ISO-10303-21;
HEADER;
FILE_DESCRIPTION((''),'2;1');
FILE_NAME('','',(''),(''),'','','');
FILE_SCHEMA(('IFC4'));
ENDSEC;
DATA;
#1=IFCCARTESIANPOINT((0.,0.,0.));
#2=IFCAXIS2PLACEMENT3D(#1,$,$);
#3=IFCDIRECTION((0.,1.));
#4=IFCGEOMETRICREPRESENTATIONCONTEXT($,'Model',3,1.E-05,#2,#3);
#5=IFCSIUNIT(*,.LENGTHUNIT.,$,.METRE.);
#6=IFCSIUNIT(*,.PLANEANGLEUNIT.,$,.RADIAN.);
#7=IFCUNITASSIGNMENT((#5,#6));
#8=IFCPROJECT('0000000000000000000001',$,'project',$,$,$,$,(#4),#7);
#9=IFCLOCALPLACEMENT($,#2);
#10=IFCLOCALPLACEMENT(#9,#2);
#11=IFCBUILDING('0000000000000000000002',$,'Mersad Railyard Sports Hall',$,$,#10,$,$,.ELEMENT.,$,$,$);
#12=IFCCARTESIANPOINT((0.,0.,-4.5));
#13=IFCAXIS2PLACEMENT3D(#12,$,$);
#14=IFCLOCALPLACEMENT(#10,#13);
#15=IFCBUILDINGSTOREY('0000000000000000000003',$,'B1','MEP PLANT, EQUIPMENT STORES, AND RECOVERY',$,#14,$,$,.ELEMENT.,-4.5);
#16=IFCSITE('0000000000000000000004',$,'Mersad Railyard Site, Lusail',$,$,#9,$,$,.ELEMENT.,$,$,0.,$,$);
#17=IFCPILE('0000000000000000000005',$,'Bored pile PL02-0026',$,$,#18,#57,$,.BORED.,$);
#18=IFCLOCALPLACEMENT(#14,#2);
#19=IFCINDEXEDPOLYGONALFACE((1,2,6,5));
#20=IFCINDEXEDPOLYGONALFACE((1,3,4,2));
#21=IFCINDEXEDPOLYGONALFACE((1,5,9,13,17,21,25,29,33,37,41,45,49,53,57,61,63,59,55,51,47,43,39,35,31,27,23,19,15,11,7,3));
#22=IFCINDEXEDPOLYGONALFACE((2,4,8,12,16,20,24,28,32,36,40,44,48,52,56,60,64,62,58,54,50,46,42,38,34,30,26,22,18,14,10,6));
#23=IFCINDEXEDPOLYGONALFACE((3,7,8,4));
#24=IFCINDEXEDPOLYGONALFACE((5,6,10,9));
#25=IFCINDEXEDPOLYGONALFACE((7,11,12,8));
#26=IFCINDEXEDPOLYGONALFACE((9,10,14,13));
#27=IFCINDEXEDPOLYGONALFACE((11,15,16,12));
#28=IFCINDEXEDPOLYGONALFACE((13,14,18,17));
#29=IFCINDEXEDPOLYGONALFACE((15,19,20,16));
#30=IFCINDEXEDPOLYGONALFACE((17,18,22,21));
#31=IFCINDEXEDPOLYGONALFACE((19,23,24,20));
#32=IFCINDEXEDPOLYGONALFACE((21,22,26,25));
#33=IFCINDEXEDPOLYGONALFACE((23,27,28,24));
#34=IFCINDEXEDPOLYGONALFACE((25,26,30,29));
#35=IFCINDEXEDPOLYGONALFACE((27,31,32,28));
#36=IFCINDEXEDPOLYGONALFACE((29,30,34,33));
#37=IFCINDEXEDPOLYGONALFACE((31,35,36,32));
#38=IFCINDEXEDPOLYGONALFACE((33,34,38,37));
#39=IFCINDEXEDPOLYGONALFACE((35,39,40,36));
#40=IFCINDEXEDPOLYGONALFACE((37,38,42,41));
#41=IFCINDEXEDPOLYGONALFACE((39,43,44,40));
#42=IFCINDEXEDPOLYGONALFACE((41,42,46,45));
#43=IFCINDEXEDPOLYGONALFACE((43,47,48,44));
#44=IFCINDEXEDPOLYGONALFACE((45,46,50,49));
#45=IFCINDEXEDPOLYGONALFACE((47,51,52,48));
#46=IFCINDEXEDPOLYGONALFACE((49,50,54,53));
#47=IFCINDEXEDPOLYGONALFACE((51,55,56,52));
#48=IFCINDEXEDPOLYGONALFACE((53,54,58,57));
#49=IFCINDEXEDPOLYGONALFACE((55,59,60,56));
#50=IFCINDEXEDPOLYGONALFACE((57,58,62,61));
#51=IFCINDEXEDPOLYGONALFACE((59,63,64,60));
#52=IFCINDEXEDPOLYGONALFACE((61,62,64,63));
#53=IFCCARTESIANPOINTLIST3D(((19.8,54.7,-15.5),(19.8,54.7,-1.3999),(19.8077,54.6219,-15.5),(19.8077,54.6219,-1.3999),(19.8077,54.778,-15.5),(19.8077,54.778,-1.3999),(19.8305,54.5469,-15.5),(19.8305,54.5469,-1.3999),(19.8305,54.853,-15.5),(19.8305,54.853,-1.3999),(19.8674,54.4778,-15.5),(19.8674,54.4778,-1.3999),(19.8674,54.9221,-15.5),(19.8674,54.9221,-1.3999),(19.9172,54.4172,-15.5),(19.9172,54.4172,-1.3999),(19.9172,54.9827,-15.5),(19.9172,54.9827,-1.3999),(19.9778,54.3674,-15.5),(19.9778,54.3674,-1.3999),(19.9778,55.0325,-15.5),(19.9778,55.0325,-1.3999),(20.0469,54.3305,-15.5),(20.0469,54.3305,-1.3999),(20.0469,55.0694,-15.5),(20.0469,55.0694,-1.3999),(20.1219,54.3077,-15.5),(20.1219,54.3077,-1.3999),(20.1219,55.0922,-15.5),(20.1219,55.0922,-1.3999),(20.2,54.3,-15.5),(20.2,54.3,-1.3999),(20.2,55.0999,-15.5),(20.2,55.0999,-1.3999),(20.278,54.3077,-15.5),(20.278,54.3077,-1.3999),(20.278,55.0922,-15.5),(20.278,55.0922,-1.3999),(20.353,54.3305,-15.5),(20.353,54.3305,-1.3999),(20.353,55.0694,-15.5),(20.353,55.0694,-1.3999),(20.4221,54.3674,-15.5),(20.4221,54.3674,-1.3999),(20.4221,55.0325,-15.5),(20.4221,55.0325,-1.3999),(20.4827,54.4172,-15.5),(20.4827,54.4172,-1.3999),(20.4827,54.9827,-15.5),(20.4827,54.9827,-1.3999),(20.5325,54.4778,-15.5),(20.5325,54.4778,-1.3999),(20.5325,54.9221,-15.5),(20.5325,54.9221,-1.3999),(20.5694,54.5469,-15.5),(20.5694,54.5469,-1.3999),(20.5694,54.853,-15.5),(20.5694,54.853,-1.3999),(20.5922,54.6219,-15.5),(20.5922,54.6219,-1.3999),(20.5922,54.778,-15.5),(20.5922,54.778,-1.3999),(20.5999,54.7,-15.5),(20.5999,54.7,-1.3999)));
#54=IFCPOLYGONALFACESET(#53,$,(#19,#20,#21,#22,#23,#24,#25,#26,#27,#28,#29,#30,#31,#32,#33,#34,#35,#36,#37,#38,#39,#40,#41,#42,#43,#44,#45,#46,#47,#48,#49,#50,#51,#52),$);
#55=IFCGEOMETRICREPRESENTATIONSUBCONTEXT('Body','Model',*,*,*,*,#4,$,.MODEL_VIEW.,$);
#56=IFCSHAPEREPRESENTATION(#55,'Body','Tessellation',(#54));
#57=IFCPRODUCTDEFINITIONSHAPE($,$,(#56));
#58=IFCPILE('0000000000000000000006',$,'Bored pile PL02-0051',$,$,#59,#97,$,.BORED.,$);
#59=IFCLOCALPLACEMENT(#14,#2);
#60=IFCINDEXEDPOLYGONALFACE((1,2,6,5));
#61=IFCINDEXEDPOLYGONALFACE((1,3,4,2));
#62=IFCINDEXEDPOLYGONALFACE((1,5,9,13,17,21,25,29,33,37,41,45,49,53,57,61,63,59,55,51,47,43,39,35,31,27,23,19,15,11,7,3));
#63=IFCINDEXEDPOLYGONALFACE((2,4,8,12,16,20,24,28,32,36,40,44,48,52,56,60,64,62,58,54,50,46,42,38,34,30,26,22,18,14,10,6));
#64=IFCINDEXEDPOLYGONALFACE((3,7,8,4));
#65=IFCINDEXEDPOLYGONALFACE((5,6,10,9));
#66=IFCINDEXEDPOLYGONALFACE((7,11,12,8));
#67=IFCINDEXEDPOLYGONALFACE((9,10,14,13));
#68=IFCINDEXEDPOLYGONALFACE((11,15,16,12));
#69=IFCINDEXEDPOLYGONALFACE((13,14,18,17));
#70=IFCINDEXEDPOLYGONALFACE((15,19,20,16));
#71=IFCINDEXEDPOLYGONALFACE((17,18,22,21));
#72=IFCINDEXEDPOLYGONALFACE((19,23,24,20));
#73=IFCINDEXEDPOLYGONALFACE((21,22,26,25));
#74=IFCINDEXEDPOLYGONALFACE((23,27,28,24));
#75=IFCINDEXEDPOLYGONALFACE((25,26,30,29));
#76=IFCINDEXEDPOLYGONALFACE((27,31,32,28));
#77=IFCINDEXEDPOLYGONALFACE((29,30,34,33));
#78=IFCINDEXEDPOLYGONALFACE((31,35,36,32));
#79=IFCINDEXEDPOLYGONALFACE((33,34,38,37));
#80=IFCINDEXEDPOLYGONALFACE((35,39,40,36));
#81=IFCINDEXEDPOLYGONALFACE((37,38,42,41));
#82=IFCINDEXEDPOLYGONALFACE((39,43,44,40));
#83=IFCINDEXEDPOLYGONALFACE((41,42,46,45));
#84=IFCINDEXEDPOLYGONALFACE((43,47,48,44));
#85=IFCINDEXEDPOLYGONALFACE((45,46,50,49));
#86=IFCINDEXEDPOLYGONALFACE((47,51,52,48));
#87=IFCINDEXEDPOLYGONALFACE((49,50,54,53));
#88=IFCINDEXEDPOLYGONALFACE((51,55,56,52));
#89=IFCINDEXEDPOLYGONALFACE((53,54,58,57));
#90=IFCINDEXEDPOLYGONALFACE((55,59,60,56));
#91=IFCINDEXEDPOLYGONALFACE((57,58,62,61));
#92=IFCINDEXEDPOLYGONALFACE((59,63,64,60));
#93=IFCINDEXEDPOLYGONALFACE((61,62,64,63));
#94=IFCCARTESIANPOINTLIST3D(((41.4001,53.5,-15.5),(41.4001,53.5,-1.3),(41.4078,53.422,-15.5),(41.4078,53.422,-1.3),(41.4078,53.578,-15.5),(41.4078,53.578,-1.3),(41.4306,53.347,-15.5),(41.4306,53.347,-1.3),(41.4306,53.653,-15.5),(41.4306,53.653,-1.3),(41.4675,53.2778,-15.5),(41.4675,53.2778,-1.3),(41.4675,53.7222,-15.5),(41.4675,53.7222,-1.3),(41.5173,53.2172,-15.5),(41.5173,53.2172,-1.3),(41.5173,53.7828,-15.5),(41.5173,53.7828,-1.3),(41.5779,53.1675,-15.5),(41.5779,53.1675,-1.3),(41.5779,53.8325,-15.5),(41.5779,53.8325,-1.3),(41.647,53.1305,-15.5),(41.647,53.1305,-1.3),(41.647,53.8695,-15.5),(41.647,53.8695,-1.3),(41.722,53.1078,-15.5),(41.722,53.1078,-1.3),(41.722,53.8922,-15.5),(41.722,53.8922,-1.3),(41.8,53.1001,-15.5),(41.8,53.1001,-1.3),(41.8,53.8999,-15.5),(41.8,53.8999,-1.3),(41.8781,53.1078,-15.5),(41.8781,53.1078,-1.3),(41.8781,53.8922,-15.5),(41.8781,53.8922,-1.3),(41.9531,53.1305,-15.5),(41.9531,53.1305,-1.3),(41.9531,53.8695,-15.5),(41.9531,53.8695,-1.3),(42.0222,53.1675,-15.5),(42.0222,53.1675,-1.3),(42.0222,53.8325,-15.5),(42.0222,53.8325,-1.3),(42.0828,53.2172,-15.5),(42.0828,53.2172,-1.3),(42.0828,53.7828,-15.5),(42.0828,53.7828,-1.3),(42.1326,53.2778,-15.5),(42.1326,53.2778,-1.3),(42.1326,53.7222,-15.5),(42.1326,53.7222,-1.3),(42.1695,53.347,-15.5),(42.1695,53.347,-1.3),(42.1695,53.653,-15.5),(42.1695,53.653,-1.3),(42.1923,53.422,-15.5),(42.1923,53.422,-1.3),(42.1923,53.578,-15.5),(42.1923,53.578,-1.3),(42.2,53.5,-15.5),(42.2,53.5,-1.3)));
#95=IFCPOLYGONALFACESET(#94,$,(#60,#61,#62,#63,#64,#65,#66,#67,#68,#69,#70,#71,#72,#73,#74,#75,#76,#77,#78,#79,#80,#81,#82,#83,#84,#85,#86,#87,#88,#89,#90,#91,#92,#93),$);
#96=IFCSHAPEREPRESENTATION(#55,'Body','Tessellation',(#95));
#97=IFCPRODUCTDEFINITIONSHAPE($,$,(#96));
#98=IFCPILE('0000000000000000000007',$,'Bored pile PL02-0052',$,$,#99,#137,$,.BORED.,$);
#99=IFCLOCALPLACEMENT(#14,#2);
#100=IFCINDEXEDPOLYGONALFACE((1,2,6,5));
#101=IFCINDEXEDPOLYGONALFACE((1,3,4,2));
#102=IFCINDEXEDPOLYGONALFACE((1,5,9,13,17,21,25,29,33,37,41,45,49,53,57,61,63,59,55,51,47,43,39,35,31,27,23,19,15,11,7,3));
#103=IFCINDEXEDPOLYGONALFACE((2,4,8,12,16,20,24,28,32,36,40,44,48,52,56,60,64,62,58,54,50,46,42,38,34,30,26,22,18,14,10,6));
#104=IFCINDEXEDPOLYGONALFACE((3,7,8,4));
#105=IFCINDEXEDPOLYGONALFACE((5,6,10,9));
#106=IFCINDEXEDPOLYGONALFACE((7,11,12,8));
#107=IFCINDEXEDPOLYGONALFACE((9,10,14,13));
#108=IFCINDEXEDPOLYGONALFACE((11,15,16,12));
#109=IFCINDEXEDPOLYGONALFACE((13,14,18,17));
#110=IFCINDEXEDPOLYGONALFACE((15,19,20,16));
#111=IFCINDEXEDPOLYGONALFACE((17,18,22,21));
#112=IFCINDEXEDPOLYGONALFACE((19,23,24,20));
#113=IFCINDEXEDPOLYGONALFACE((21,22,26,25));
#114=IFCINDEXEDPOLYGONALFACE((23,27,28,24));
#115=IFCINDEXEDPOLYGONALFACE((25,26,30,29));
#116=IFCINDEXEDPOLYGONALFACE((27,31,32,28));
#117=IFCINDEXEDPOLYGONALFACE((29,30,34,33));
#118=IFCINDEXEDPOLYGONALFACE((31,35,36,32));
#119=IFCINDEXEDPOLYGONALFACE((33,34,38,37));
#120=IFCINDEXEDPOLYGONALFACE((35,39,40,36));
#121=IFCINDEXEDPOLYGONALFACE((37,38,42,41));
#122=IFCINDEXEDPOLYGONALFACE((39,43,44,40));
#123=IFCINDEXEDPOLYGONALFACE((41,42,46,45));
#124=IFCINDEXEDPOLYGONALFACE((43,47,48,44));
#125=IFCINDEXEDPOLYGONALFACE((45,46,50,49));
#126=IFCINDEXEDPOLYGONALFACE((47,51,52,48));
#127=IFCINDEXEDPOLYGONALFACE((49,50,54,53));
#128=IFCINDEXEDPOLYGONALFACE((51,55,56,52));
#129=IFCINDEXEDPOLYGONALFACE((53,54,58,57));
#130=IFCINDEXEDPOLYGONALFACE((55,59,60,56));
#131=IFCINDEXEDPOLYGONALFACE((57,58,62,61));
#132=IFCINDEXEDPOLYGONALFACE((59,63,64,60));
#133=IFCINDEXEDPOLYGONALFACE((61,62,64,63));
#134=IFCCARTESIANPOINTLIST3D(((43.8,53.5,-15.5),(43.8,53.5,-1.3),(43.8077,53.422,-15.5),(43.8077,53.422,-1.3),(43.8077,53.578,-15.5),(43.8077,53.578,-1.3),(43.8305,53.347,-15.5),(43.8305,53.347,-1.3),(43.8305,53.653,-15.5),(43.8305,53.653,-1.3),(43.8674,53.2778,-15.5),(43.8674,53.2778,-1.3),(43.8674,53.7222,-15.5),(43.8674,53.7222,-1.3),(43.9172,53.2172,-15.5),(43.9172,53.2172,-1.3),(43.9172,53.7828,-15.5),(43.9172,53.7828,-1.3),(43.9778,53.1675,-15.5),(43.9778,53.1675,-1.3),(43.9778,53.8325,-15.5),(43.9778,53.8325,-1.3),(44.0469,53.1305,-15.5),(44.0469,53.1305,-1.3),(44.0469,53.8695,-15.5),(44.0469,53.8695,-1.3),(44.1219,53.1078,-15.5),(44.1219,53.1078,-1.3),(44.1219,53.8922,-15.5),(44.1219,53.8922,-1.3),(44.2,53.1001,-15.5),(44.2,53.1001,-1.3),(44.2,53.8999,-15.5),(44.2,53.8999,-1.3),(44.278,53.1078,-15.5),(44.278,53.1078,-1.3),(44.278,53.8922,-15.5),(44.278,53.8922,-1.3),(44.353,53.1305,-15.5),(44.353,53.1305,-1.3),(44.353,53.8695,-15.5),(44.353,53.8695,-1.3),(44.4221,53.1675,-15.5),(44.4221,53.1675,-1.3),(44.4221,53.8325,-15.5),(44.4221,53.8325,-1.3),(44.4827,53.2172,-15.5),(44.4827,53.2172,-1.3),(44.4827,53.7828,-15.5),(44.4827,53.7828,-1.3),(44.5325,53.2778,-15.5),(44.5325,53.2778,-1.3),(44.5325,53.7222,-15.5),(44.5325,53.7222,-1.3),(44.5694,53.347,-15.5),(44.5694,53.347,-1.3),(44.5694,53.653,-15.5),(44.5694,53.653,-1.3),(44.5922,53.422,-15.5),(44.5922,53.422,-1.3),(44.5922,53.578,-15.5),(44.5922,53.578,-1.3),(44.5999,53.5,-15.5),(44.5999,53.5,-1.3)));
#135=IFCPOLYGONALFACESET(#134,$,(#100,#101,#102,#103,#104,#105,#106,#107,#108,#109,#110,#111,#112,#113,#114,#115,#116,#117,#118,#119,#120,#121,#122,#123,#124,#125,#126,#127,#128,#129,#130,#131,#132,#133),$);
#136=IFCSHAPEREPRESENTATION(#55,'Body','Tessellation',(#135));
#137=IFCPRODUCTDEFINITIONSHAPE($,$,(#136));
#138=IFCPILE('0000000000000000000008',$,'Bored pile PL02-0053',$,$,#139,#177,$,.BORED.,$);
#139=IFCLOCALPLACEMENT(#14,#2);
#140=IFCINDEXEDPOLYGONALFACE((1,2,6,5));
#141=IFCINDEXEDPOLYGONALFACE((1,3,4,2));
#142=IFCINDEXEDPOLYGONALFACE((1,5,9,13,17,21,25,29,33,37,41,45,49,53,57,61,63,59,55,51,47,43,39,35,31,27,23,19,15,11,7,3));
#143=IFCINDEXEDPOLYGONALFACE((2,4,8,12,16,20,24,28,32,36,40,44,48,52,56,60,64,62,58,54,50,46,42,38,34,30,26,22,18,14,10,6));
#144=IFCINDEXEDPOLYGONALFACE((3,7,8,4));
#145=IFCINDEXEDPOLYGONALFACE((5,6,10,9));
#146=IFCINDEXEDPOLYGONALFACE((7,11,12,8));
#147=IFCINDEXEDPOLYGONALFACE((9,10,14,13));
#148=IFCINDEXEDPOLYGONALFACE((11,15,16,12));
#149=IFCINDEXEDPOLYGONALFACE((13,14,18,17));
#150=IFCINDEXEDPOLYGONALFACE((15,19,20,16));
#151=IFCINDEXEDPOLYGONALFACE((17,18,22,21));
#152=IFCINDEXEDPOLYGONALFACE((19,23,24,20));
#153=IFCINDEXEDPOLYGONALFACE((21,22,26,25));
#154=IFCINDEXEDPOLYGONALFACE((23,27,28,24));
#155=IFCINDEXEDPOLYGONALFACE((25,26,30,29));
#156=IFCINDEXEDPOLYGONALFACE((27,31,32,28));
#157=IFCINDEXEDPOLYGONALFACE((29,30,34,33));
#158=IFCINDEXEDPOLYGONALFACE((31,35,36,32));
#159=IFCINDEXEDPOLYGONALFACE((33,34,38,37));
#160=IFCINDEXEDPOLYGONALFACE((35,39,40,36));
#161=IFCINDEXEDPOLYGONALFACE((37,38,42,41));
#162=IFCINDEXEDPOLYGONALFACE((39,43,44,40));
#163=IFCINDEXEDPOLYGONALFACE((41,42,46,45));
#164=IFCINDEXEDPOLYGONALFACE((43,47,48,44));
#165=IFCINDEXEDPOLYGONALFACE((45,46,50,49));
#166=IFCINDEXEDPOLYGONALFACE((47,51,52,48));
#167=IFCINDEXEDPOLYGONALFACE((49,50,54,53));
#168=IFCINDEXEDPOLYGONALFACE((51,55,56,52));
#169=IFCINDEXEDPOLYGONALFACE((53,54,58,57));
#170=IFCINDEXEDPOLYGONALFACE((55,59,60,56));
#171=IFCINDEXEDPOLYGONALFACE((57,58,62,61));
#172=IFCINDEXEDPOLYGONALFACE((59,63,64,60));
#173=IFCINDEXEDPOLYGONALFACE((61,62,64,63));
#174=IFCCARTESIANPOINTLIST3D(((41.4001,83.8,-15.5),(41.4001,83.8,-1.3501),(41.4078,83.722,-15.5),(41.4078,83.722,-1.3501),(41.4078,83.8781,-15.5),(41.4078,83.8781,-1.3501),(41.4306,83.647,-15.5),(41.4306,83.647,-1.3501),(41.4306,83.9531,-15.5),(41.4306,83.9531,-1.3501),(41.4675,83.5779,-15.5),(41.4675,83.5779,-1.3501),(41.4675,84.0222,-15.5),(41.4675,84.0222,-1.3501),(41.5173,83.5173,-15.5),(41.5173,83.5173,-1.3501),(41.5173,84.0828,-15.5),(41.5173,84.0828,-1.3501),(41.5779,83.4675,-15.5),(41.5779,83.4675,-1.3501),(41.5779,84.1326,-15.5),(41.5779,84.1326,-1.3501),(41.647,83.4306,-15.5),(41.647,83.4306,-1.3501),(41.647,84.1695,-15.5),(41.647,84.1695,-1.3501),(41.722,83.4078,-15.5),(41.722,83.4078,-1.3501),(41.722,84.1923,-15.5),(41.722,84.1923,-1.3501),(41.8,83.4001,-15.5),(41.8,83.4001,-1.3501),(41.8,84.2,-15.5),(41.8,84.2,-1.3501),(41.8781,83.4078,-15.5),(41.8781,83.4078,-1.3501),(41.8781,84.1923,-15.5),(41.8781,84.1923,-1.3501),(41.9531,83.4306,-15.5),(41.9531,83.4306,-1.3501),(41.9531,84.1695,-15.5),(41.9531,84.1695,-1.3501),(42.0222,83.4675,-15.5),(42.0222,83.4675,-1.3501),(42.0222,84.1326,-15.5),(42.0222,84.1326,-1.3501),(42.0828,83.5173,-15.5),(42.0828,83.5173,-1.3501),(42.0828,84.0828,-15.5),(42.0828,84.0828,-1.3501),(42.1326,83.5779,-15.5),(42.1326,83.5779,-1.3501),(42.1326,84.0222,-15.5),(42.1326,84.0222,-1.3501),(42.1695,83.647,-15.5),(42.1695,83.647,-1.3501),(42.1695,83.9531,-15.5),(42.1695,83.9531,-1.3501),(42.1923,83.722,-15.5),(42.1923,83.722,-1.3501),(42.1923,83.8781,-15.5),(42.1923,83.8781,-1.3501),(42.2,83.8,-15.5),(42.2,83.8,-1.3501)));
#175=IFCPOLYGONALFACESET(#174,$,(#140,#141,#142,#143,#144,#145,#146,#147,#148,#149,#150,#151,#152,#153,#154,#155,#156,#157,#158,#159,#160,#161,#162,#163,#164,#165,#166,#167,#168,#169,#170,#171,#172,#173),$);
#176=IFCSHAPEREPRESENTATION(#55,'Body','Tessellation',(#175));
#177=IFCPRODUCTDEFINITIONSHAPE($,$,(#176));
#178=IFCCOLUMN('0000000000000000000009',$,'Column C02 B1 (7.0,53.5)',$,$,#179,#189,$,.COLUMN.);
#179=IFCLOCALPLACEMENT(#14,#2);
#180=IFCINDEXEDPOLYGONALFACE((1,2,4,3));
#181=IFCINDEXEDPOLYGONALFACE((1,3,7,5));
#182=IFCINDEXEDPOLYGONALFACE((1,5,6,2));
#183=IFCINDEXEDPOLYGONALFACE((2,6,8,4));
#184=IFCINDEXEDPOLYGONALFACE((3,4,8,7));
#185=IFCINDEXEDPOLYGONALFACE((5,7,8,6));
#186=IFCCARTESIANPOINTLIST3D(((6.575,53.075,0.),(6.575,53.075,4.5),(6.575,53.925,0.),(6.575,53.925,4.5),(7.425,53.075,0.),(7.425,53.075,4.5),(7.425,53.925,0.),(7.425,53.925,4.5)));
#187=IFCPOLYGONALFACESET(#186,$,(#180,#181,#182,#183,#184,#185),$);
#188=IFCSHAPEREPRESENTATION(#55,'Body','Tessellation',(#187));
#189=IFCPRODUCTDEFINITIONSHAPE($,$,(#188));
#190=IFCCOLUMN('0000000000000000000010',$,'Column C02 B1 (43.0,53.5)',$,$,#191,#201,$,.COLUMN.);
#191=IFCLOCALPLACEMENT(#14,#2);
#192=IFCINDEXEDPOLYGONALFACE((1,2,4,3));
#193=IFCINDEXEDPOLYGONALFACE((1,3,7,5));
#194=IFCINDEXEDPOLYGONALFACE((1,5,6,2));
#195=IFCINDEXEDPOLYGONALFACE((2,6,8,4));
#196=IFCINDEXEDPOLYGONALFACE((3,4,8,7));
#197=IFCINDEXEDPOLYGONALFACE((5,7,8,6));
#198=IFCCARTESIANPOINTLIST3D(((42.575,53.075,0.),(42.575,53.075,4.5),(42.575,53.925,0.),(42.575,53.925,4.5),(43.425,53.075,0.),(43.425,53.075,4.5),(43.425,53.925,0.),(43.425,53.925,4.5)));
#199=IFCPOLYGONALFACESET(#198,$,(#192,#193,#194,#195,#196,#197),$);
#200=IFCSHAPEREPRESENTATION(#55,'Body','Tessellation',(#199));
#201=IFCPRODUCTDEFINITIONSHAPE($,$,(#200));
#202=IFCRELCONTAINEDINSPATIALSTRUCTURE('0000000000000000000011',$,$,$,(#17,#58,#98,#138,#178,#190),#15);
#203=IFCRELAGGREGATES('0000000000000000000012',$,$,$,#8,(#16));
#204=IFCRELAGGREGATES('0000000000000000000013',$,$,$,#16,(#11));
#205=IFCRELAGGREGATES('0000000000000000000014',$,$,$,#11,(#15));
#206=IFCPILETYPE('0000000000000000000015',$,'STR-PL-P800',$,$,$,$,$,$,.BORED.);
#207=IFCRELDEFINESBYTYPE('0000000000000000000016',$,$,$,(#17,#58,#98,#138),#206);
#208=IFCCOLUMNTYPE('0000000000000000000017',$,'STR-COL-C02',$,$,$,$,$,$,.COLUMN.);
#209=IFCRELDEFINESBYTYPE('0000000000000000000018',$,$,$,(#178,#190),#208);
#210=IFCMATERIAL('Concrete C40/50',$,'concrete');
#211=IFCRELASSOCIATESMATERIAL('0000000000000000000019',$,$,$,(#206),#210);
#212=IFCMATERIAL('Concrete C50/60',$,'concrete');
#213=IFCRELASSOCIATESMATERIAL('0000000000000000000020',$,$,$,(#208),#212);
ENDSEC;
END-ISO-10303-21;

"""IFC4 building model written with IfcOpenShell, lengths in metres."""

from ifc_helpers import new_model, si_unit, direction, frame, origin, origin_2d, place, context, subcontext, project, spatial, rectangle, circle, extrude, material, material_profile, profile_set, type_object, element, save


model = new_model("IFC4")

# Units and contexts
model_context = context("Model", 3, precision=1e-05, world=origin(), true_north=direction((0.0, 1.0)))
body_context = subcontext(model_context, "Body", "Model", "MODEL_VIEW")
ifc_project = project(units=[si_unit("LENGTHUNIT", "METRE"), si_unit("PLANEANGLEUNIT", "RADIAN")], contexts=[model_context])

# Site, building, storey
site_placement = place(None, origin())
site = spatial("IfcSite", under=ifc_project, at=site_placement, Name="Mersad Railyard Site, Lusail", CompositionType="ELEMENT", RefElevation=0.0)
building_placement = place(site_placement, origin())
building = spatial("IfcBuilding", under=site, at=building_placement, Name="Mersad Railyard Sports Hall", CompositionType="ELEMENT")
storey_placement = place(building_placement, frame((0.0, 0.0, -4.5)))
storey = spatial("IfcBuildingStorey", under=building, at=storey_placement, Name="B1", Description="MEP PLANT, EQUIPMENT STORES, AND RECOVERY", CompositionType="ELEMENT", Elevation=-4.5)

# Shared definitions
ifc_material_1 = material(Name="Concrete C40/50", Category="concrete")

# Piles
ifc_material_profile_1 = material_profile(ifc_material_1, circle(Radius=0.3999, at=origin_2d()), Name="BORED PILE D800")
ifc_profile_set_1 = profile_set([ifc_material_profile_1], Name="Concrete C40/50")
pile_type_1 = type_object("IfcPileType", Name="STR-PL-P800", PredefinedType="BORED", material=ifc_profile_set_1)
for number, where, z_axis, x_axis, name in (
    (1, (20.2, 54.7, -1.3999), (0.0, 0.0, -1.0), (1.0, 0.0, 0.0), "Bored pile PL02-0026"),
):
    element("IfcPile", number, at=place(storey_placement, frame(where, z_axis=z_axis, x_axis=x_axis)), inside=storey, type_object=pile_type_1, Name=name, PredefinedType="BORED", context=body_context, shape_type="SweptSolid", body=[
        extrude(circle(Radius=0.3999, at=origin_2d()), origin(), (0.0, 0.0, 1.0), 14.1001),
    ])
for number, where, z_axis, x_axis, name in (
    (2, (41.8, 53.5, -1.3), (0.0, 0.0, -1.0), (1.0, 0.0, 0.0), "Bored pile PL02-0051"),
    (3, (44.2, 53.5, -1.3), (0.0, 0.0, -1.0), (1.0, 0.0, 0.0), "Bored pile PL02-0052"),
):
    element("IfcPile", number, at=place(storey_placement, frame(where, z_axis=z_axis, x_axis=x_axis)), inside=storey, type_object=pile_type_1, Name=name, PredefinedType="BORED", context=body_context, shape_type="SweptSolid", body=[
        extrude(circle(Radius=0.3999, at=origin_2d()), origin(), (0.0, 0.0, 1.0), 14.2),
    ])
pile_placement = place(storey_placement, frame((41.8, 83.8, -1.3501), z_axis=(0.0, 0.0, -1.0), x_axis=(1.0, 0.0, 0.0)))
element("IfcPile", 4, at=pile_placement, inside=storey, type_object=pile_type_1, Name="Bored pile PL02-0053", PredefinedType="BORED", context=body_context, shape_type="SweptSolid", body=[
    extrude(circle(Radius=0.3999, at=origin_2d()), origin(), (0.0, 0.0, 1.0), 14.1499),
])

# Columns
ifc_material_2 = material(Name="Concrete C50/60", Category="concrete")
ifc_material_profile_2 = material_profile(ifc_material_2, rectangle(XDim=0.8501, YDim=0.8501, at=origin_2d()), Name="RC 850x850")
ifc_profile_set_2 = profile_set([ifc_material_profile_2], Name="Concrete C50/60")
column_type_1 = type_object("IfcColumnType", Name="STR-COL-C02", PredefinedType="COLUMN", material=ifc_profile_set_2)
for number, where, z_axis, x_axis, name in (
    (5, (7.0, 53.5, 0.0), (0.0, 0.0, 1.0), (1.0, 0.0, 0.0), "Column C02 B1 (7.0,53.5)"),
    (6, (43.0, 53.5, 0.0), (0.0, 0.0, 1.0), (1.0, 0.0, 0.0), "Column C02 B1 (43.0,53.5)"),
):
    element("IfcColumn", number, at=place(storey_placement, frame(where, z_axis=z_axis, x_axis=x_axis)), inside=storey, type_object=column_type_1, Name=name, PredefinedType="COLUMN", context=body_context, shape_type="SweptSolid", body=[
        extrude(rectangle(XDim=0.8501, YDim=0.8501, at=origin_2d()), origin(), (0.0, 0.0, 1.0), 4.5),
    ])

save(model, "model.ifc")
